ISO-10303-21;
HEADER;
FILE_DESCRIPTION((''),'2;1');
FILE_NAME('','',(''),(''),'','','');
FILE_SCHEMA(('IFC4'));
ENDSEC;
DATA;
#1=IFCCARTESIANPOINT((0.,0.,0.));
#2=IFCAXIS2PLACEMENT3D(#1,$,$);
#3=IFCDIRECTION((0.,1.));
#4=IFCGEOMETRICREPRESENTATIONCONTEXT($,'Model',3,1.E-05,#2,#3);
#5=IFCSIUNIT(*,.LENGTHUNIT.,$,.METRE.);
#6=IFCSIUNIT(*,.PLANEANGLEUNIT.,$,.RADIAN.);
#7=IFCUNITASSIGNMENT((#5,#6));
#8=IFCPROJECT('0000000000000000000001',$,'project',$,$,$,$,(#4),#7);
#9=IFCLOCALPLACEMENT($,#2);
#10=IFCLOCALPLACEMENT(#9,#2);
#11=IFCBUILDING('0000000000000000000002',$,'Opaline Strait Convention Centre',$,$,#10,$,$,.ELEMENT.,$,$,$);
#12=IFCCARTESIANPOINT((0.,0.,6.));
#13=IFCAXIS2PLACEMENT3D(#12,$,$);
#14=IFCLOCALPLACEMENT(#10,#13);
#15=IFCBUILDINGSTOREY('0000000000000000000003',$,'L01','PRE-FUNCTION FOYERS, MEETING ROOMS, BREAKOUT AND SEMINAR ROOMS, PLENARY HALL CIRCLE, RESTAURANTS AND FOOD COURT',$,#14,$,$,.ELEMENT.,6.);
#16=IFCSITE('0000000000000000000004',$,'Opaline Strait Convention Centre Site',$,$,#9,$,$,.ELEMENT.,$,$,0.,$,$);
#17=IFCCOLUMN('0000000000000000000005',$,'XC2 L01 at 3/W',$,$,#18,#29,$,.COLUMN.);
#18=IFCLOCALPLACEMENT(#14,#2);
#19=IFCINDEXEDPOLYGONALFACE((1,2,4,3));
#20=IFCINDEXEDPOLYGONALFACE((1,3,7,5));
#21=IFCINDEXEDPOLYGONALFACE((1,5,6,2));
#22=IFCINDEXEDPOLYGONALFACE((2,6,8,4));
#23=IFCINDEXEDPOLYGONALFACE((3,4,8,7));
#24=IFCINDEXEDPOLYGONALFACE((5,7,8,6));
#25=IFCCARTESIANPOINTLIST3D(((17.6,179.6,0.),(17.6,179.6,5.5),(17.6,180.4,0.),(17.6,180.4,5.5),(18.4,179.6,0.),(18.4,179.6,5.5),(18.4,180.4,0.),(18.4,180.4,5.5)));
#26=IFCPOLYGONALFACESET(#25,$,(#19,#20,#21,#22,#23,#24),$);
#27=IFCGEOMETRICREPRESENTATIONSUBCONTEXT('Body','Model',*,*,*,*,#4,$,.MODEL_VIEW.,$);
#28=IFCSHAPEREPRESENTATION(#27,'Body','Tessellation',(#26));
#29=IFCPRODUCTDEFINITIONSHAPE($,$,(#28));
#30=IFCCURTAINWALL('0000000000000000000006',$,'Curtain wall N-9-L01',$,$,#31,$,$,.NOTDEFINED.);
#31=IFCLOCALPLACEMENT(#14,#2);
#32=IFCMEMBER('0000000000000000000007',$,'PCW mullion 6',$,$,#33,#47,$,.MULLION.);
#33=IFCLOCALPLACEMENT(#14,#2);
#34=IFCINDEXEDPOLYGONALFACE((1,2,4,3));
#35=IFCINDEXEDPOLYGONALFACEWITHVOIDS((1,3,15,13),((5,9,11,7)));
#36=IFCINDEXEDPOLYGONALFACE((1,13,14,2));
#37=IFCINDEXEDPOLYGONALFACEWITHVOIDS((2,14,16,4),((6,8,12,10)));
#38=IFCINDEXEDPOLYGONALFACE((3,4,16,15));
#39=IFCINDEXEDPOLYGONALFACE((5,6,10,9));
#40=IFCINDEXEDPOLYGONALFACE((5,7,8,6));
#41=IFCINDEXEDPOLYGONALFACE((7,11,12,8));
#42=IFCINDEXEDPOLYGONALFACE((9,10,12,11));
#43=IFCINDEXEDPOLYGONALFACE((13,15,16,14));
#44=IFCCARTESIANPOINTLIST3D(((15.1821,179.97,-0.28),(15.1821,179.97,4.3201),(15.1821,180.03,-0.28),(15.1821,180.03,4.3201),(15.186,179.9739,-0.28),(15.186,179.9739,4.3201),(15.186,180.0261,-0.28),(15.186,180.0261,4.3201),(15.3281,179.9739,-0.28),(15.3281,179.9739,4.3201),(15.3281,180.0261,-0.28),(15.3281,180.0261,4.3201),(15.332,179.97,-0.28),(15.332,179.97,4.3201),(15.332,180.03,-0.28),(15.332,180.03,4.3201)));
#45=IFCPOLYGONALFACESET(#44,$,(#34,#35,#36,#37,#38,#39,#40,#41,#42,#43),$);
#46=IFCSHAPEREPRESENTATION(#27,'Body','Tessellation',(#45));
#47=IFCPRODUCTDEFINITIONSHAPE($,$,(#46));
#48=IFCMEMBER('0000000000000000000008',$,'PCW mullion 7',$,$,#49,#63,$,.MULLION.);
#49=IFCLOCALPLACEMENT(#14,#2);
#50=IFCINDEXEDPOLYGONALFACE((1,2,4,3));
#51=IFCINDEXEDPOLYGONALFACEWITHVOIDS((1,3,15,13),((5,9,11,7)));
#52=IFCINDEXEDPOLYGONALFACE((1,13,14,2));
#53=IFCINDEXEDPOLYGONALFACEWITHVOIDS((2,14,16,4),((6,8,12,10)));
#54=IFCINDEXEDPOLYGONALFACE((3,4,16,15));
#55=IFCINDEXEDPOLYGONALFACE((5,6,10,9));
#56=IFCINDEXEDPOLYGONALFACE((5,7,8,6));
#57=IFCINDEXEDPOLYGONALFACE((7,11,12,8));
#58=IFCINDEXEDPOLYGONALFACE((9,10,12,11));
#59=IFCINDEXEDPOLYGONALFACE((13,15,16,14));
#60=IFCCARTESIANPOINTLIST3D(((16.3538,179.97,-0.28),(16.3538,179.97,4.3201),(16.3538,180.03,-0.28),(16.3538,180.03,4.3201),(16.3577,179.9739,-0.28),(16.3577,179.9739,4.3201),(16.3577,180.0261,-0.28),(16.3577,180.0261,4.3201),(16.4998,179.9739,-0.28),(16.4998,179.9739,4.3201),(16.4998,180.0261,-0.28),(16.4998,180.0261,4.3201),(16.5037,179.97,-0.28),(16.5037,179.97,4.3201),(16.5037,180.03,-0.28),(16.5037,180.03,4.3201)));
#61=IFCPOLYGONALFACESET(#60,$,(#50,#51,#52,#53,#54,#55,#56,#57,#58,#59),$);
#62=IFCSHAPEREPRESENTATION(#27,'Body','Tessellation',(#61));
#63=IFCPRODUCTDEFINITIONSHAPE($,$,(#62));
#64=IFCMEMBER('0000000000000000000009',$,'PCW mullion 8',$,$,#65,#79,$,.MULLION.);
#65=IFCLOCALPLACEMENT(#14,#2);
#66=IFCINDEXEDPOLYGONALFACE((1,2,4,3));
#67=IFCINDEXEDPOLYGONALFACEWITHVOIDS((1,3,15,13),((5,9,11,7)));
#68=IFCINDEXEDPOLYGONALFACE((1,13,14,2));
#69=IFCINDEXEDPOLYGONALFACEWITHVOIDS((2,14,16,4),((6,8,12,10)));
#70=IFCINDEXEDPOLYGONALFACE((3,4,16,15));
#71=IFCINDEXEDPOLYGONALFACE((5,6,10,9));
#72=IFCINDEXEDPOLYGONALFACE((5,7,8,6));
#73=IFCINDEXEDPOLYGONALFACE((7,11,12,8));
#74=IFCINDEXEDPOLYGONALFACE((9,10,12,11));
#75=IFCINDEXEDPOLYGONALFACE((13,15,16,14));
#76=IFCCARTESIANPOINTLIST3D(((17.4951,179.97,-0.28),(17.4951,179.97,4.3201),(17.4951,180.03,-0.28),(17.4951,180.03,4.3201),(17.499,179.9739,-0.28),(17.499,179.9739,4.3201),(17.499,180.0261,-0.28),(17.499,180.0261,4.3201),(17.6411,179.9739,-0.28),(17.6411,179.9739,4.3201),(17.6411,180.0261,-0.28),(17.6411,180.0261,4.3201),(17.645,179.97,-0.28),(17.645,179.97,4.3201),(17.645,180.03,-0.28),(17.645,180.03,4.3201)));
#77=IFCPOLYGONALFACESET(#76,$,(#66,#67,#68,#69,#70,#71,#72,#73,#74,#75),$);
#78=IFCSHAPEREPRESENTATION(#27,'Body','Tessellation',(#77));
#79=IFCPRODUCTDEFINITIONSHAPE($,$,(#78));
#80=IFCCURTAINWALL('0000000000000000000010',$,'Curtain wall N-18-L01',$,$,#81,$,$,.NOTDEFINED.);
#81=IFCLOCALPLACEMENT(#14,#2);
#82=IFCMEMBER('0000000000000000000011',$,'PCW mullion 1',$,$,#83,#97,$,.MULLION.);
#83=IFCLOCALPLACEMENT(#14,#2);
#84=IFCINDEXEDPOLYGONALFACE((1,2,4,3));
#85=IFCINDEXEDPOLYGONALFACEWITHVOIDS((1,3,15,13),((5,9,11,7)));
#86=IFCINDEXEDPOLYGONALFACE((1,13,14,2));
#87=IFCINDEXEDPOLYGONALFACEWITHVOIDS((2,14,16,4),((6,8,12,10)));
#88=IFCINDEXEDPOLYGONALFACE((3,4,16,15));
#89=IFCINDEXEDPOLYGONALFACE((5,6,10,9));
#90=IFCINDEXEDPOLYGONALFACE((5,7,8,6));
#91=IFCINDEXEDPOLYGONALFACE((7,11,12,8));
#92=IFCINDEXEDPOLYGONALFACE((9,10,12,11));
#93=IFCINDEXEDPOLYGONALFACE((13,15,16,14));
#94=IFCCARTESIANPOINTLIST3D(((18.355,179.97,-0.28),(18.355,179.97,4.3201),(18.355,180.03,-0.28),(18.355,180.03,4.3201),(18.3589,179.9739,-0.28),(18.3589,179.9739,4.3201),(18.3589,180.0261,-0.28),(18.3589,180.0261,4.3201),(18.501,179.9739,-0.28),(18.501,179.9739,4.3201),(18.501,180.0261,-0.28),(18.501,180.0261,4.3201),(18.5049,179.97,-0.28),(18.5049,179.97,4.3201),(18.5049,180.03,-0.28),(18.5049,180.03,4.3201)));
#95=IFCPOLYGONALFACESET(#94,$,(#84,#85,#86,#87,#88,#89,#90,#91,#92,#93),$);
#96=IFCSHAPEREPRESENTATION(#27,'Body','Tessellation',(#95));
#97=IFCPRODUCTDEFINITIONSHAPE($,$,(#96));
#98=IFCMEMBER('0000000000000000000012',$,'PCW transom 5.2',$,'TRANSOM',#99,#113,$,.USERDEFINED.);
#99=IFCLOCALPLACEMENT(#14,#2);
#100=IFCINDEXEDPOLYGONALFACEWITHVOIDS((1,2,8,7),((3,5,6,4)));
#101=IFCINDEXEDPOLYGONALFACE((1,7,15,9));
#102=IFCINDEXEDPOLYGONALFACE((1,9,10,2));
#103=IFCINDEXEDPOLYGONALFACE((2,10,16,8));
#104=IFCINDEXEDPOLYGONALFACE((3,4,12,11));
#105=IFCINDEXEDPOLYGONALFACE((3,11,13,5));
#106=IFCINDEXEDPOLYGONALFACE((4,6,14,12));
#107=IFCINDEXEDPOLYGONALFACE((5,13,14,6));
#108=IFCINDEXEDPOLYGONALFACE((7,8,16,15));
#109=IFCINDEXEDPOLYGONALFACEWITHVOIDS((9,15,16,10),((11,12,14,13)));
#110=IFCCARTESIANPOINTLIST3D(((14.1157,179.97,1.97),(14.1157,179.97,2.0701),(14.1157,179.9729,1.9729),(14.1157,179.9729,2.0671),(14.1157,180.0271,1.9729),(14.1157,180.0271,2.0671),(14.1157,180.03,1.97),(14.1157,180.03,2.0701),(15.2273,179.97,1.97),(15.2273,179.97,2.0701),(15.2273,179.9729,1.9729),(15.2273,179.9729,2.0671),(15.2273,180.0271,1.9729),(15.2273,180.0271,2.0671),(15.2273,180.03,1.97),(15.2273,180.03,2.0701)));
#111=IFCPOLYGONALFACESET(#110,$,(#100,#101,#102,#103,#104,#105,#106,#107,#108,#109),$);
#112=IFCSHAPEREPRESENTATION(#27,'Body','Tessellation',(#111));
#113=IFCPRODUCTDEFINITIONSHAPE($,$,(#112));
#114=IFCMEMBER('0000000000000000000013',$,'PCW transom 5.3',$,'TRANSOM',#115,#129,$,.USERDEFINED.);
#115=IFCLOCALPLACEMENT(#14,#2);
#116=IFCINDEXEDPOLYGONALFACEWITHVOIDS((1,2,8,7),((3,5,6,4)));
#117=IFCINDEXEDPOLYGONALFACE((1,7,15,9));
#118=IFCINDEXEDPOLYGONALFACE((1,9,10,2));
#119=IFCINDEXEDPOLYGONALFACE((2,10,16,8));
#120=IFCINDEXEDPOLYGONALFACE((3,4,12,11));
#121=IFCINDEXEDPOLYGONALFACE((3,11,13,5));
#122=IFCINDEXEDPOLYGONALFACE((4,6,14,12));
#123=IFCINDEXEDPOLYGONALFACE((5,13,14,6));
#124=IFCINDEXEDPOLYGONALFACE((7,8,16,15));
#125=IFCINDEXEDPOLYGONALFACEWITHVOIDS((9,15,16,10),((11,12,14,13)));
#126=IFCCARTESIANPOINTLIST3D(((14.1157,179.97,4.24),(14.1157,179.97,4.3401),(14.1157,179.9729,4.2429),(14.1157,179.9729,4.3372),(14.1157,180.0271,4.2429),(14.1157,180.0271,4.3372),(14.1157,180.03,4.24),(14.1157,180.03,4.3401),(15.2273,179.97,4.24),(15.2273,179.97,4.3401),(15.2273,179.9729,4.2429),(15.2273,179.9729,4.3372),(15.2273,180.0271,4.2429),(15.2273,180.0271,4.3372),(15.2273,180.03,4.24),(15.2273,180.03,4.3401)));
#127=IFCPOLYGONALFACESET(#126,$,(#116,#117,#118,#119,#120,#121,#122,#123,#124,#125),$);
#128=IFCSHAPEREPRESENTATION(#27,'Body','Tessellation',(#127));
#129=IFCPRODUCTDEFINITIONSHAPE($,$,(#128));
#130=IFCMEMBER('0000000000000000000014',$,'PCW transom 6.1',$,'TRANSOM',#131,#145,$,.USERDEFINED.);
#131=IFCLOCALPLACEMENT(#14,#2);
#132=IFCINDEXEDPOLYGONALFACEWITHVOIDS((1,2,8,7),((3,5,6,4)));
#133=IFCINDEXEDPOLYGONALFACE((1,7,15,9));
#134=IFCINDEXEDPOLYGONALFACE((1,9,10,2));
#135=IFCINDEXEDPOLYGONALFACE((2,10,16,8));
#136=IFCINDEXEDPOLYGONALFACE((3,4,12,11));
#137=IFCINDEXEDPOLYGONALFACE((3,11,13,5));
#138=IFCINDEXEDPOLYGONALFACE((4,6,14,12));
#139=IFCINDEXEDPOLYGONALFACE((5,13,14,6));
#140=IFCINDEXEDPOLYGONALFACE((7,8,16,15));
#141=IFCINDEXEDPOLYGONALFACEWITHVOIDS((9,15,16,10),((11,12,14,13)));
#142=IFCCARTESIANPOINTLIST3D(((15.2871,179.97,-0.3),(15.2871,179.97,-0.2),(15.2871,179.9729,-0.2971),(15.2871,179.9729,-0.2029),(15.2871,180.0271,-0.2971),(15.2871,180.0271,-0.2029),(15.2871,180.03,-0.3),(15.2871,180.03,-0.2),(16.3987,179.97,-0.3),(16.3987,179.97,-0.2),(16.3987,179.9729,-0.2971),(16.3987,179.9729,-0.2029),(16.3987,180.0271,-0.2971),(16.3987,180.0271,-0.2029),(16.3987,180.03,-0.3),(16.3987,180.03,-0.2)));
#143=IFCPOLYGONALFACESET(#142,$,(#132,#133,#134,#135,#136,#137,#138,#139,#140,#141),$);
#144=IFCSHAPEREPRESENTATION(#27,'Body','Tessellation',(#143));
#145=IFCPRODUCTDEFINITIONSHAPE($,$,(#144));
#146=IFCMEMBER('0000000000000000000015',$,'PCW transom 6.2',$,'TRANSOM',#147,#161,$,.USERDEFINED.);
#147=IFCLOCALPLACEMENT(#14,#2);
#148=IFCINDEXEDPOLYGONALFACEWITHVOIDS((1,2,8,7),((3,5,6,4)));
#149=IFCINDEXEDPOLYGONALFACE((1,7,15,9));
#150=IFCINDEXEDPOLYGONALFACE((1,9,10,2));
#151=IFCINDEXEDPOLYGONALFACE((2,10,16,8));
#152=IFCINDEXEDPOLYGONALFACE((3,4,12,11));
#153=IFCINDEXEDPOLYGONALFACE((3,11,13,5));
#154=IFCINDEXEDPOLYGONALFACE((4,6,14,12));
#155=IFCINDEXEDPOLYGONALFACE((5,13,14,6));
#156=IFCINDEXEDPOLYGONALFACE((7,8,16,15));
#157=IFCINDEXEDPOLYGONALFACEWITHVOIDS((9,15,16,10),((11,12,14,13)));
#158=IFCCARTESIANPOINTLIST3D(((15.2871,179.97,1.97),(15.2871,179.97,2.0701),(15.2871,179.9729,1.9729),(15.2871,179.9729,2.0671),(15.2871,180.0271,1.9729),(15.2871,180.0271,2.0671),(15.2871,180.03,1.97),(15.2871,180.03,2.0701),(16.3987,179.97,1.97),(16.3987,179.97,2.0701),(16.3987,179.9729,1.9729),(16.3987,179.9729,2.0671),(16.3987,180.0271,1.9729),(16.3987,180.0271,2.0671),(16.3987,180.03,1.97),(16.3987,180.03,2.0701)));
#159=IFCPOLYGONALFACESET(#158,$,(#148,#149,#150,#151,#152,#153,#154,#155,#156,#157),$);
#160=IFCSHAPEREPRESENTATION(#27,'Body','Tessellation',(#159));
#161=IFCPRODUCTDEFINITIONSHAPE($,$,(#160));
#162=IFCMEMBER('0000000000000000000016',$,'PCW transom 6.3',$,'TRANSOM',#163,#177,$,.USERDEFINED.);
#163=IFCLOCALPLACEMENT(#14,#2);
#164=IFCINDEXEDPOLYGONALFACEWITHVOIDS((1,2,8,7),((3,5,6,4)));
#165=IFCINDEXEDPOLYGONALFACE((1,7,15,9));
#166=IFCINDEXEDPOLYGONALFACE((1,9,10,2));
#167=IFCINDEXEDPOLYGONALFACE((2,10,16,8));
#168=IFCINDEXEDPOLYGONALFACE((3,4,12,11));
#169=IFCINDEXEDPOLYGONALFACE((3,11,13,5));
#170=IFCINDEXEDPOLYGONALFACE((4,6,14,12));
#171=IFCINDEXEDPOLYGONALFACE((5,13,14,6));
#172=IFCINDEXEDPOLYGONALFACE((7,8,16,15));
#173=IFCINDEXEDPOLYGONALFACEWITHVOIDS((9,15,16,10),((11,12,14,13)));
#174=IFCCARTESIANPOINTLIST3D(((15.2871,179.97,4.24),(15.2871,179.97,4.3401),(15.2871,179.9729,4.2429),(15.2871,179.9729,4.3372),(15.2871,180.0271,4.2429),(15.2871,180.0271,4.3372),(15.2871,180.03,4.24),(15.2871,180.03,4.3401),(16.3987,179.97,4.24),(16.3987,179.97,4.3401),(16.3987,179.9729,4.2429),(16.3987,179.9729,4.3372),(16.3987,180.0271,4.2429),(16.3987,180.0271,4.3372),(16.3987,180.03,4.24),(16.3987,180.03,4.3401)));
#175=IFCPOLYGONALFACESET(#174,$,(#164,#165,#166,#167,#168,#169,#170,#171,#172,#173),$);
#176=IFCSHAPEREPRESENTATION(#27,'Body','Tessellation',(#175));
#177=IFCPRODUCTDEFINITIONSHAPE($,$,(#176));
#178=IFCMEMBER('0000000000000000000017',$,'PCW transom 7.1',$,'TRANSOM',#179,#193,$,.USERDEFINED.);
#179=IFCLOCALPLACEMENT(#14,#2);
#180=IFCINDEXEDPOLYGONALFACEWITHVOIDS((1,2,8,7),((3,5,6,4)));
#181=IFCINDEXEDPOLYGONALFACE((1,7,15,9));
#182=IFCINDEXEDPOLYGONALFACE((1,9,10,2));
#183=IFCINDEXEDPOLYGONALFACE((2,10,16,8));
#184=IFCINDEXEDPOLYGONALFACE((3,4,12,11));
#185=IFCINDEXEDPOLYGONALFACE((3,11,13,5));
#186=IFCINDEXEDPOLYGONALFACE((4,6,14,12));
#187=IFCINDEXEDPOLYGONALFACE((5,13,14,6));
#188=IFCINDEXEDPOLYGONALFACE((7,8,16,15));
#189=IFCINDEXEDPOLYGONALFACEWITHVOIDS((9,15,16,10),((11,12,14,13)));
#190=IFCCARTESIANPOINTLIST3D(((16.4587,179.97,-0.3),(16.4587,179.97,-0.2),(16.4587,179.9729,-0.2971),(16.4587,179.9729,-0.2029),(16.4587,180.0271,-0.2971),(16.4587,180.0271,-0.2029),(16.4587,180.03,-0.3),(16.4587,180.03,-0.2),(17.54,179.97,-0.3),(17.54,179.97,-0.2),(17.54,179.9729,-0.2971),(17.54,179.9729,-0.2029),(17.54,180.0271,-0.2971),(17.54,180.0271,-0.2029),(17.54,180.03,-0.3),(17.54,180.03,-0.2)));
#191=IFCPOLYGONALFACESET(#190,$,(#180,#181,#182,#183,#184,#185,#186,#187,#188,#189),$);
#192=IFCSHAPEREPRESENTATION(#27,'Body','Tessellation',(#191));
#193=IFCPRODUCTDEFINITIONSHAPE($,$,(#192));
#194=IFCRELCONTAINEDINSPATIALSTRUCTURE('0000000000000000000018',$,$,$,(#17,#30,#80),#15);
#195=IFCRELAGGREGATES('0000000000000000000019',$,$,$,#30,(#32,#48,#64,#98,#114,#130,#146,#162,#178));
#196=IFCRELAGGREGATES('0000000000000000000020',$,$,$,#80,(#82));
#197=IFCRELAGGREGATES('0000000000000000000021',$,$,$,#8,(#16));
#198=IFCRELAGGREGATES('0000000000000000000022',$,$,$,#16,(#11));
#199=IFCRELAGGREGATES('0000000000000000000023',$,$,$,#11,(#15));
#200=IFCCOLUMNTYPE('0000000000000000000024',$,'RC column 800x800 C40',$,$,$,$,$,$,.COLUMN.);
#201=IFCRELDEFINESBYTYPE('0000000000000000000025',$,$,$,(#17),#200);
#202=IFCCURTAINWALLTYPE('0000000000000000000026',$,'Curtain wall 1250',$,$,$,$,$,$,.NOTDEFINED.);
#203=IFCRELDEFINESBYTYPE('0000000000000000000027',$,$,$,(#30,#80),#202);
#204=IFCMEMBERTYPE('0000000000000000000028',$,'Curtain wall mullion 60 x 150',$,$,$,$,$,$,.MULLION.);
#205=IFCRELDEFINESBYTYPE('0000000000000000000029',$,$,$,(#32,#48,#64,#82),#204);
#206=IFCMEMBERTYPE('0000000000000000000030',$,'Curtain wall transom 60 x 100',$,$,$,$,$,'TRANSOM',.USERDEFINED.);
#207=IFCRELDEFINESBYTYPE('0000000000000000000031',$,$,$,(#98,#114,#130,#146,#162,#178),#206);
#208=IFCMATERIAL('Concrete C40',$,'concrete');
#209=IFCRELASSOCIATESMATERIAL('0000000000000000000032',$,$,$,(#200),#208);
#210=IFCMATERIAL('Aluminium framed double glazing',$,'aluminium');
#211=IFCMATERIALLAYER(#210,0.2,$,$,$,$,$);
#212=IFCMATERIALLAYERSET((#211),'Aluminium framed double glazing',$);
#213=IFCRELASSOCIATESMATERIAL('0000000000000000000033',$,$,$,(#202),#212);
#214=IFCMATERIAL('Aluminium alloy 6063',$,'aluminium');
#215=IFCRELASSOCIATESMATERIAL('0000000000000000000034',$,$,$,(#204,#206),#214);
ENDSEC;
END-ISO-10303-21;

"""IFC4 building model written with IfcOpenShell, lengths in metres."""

from ifc_helpers import new_model, si_unit, direction, frame, origin, origin_2d, place, context, subcontext, project, spatial, rectangle, hollow_rectangle, extrude, material, layer, layer_set, material_profile, profile_set, type_object, element, aggregate, save


model = new_model("IFC4")

# Units and contexts
model_context = context("Model", 3, precision=1e-05, world=origin(), true_north=direction((0.0, 1.0)))
body_context = subcontext(model_context, "Body", "Model", "MODEL_VIEW")
ifc_project = project(units=[si_unit("LENGTHUNIT", "METRE"), si_unit("PLANEANGLEUNIT", "RADIAN")], contexts=[model_context])

# Site, building, storey
site_placement = place(None, origin())
site = spatial("IfcSite", under=ifc_project, at=site_placement, Name="Opaline Strait Convention Centre Site", CompositionType="ELEMENT", RefElevation=0.0)
building_placement = place(site_placement, origin())
building = spatial("IfcBuilding", under=site, at=building_placement, Name="Opaline Strait Convention Centre", CompositionType="ELEMENT")
storey_placement = place(building_placement, frame((0.0, 0.0, 6.0)))
storey = spatial("IfcBuildingStorey", under=building, at=storey_placement, Name="L01", Description="PRE-FUNCTION FOYERS, MEETING ROOMS, BREAKOUT AND SEMINAR ROOMS, PLENARY HALL CIRCLE, RESTAURANTS AND FOOD COURT", CompositionType="ELEMENT", Elevation=6.0)

# Column
ifc_material_1 = material(Name="Concrete C40", Category="concrete")
ifc_material_profile_1 = material_profile(ifc_material_1, rectangle(XDim=0.8, YDim=0.8, at=origin_2d()), Name="RC 800x800")
ifc_profile_set_1 = profile_set([ifc_material_profile_1], Name="Concrete C40")
column_type = type_object("IfcColumnType", Name="RC column 800x800 C40", PredefinedType="COLUMN", material=ifc_profile_set_1)
column_placement = place(storey_placement, frame((18.0, 180.0, 0.0), z_axis=(0.0, 0.0, 1.0), x_axis=(1.0, 0.0, 0.0)))
element("IfcColumn", 1, at=column_placement, inside=storey, type_object=column_type, Name="XC2 L01 at 3/W", PredefinedType="COLUMN", context=body_context, shape_type="SweptSolid", body=[
    extrude(rectangle(XDim=0.8, YDim=0.8, at=origin_2d()), origin(), (0.0, 0.0, 1.0), 5.5),
])

# Curtain wall, members
ifc_material_2 = material(Name="Aluminium framed double glazing", Category="aluminium")
ifc_layer_1 = layer(ifc_material_2, 0.2)
ifc_layer_set_1 = layer_set([ifc_layer_1], Name="Aluminium framed double glazing")
curtain_wall_type = type_object("IfcCurtainWallType", Name="Curtain wall 1250", PredefinedType="NOTDEFINED", material=ifc_layer_set_1)
curtain_wall_1_placement = place(storey_placement, origin())
curtain_wall_1 = element("IfcCurtainWall", 2, at=curtain_wall_1_placement, inside=storey, type_object=curtain_wall_type, Name="Curtain wall N-9-L01", PredefinedType="NOTDEFINED")
ifc_material_3 = material(Name="Aluminium alloy 6063", Category="aluminium")
ifc_material_profile_2 = material_profile(ifc_material_3, hollow_rectangle(XDim=0.0601, YDim=0.1499, WallThickness=0.0039, at=origin_2d()), Name="MULLION 60x150x4")
ifc_profile_set_2 = profile_set([ifc_material_profile_2], Name="Aluminium alloy 6063")
member_type_1 = type_object("IfcMemberType", Name="Curtain wall mullion 60 x 150", PredefinedType="MULLION", material=ifc_profile_set_2)
member_1_placement = place(storey_placement, frame((15.2571, 180.0, -0.28), z_axis=(0.0, 0.0, 1.0), x_axis=(0.0, 1.0, 0.0)))
member_1 = element("IfcMember", 3, at=member_1_placement, type_object=member_type_1, Name="PCW mullion 6", PredefinedType="MULLION", context=body_context, shape_type="SweptSolid", body=[
    extrude(hollow_rectangle(XDim=0.0601, YDim=0.1499, WallThickness=0.0039, at=origin_2d()), origin(), (0.0, 0.0, 1.0), 4.6001),
])
member_2_placement = place(storey_placement, frame((16.4287, 180.0, -0.28), z_axis=(0.0, 0.0, 1.0), x_axis=(0.0, 1.0, 0.0)))
member_2 = element("IfcMember", 4, at=member_2_placement, type_object=member_type_1, Name="PCW mullion 7", PredefinedType="MULLION", context=body_context, shape_type="SweptSolid", body=[
    extrude(hollow_rectangle(XDim=0.0601, YDim=0.1499, WallThickness=0.0039, at=origin_2d()), origin(), (0.0, 0.0, 1.0), 4.6001),
])
member_3_placement = place(storey_placement, frame((17.5701, 180.0, -0.28), z_axis=(0.0, 0.0, 1.0), x_axis=(0.0, 1.0, 0.0)))
member_3 = element("IfcMember", 5, at=member_3_placement, type_object=member_type_1, Name="PCW mullion 8", PredefinedType="MULLION", context=body_context, shape_type="SweptSolid", body=[
    extrude(hollow_rectangle(XDim=0.0601, YDim=0.1499, WallThickness=0.0039, at=origin_2d()), origin(), (0.0, 0.0, 1.0), 4.6001),
])

# Curtain wall, member
curtain_wall_2_placement = place(storey_placement, origin())
curtain_wall_2 = element("IfcCurtainWall", 6, at=curtain_wall_2_placement, inside=storey, type_object=curtain_wall_type, Name="Curtain wall N-18-L01", PredefinedType="NOTDEFINED")
member_4_placement = place(storey_placement, frame((18.4299, 180.0, -0.28), z_axis=(0.0, 0.0, 1.0), x_axis=(0.0, 1.0, 0.0)))
member_4 = element("IfcMember", 7, at=member_4_placement, type_object=member_type_1, Name="PCW mullion 1", PredefinedType="MULLION", context=body_context, shape_type="SweptSolid", body=[
    extrude(hollow_rectangle(XDim=0.0601, YDim=0.1499, WallThickness=0.0039, at=origin_2d()), origin(), (0.0, 0.0, 1.0), 4.6001),
])

# Members
ifc_material_profile_3 = material_profile(ifc_material_3, hollow_rectangle(XDim=0.0601, YDim=0.1001, WallThickness=0.0029, at=origin_2d()), Name="TRANSOM 60x100x3")
ifc_profile_set_3 = profile_set([ifc_material_profile_3], Name="Aluminium alloy 6063")
member_type_2 = type_object("IfcMemberType", Name="Curtain wall transom 60 x 100", ElementType="TRANSOM", PredefinedType="USERDEFINED", material=ifc_profile_set_3)
member_5_placement = place(storey_placement, frame((14.1157, 180.0, 2.02), z_axis=(1.0, 0.0, 0.0), x_axis=(0.0, 1.0, 0.0)))
member_5 = element("IfcMember", 8, at=member_5_placement, type_object=member_type_2, Name="PCW transom 5.2", ObjectType="TRANSOM", PredefinedType="USERDEFINED", context=body_context, shape_type="SweptSolid", body=[
    extrude(hollow_rectangle(XDim=0.0601, YDim=0.1001, WallThickness=0.0029, at=origin_2d()), origin(), (0.0, 0.0, 1.0), 1.1116),
])
member_6_placement = place(storey_placement, frame((14.1157, 180.0, 4.29), z_axis=(1.0, 0.0, 0.0), x_axis=(0.0, 1.0, 0.0)))
member_6 = element("IfcMember", 9, at=member_6_placement, type_object=member_type_2, Name="PCW transom 5.3", ObjectType="TRANSOM", PredefinedType="USERDEFINED", context=body_context, shape_type="SweptSolid", body=[
    extrude(hollow_rectangle(XDim=0.0601, YDim=0.1001, WallThickness=0.0029, at=origin_2d()), origin(), (0.0, 0.0, 1.0), 1.1116),
])
member_7_placement = place(storey_placement, frame((15.2871, 180.0, -0.25), z_axis=(1.0, 0.0, 0.0), x_axis=(0.0, 1.0, 0.0)))
member_7 = element("IfcMember", 10, at=member_7_placement, type_object=member_type_2, Name="PCW transom 6.1", ObjectType="TRANSOM", PredefinedType="USERDEFINED", context=body_context, shape_type="SweptSolid", body=[
    extrude(hollow_rectangle(XDim=0.0601, YDim=0.1001, WallThickness=0.0029, at=origin_2d()), origin(), (0.0, 0.0, 1.0), 1.1116),
])
member_8_placement = place(storey_placement, frame((15.2871, 180.0, 2.02), z_axis=(1.0, 0.0, 0.0), x_axis=(0.0, 1.0, 0.0)))
member_8 = element("IfcMember", 11, at=member_8_placement, type_object=member_type_2, Name="PCW transom 6.2", ObjectType="TRANSOM", PredefinedType="USERDEFINED", context=body_context, shape_type="SweptSolid", body=[
    extrude(hollow_rectangle(XDim=0.0601, YDim=0.1001, WallThickness=0.0029, at=origin_2d()), origin(), (0.0, 0.0, 1.0), 1.1116),
])
member_9_placement = place(storey_placement, frame((15.2871, 180.0, 4.29), z_axis=(1.0, 0.0, 0.0), x_axis=(0.0, 1.0, 0.0)))
member_9 = element("IfcMember", 12, at=member_9_placement, type_object=member_type_2, Name="PCW transom 6.3", ObjectType="TRANSOM", PredefinedType="USERDEFINED", context=body_context, shape_type="SweptSolid", body=[
    extrude(hollow_rectangle(XDim=0.0601, YDim=0.1001, WallThickness=0.0029, at=origin_2d()), origin(), (0.0, 0.0, 1.0), 1.1116),
])
member_10_placement = place(storey_placement, frame((16.4587, 180.0, -0.25), z_axis=(1.0, 0.0, 0.0), x_axis=(0.0, 1.0, 0.0)))
member_10 = element("IfcMember", 13, at=member_10_placement, type_object=member_type_2, Name="PCW transom 7.1", ObjectType="TRANSOM", PredefinedType="USERDEFINED", context=body_context, shape_type="SweptSolid", body=[
    extrude(hollow_rectangle(XDim=0.0601, YDim=0.1001, WallThickness=0.0029, at=origin_2d()), origin(), (0.0, 0.0, 1.0), 1.0813),
])

aggregate(curtain_wall_1, [member_1, member_2, member_3, member_5, member_6, member_7, member_8, member_9, member_10])
aggregate(curtain_wall_2, [member_4])

save(model, "model.ifc")
